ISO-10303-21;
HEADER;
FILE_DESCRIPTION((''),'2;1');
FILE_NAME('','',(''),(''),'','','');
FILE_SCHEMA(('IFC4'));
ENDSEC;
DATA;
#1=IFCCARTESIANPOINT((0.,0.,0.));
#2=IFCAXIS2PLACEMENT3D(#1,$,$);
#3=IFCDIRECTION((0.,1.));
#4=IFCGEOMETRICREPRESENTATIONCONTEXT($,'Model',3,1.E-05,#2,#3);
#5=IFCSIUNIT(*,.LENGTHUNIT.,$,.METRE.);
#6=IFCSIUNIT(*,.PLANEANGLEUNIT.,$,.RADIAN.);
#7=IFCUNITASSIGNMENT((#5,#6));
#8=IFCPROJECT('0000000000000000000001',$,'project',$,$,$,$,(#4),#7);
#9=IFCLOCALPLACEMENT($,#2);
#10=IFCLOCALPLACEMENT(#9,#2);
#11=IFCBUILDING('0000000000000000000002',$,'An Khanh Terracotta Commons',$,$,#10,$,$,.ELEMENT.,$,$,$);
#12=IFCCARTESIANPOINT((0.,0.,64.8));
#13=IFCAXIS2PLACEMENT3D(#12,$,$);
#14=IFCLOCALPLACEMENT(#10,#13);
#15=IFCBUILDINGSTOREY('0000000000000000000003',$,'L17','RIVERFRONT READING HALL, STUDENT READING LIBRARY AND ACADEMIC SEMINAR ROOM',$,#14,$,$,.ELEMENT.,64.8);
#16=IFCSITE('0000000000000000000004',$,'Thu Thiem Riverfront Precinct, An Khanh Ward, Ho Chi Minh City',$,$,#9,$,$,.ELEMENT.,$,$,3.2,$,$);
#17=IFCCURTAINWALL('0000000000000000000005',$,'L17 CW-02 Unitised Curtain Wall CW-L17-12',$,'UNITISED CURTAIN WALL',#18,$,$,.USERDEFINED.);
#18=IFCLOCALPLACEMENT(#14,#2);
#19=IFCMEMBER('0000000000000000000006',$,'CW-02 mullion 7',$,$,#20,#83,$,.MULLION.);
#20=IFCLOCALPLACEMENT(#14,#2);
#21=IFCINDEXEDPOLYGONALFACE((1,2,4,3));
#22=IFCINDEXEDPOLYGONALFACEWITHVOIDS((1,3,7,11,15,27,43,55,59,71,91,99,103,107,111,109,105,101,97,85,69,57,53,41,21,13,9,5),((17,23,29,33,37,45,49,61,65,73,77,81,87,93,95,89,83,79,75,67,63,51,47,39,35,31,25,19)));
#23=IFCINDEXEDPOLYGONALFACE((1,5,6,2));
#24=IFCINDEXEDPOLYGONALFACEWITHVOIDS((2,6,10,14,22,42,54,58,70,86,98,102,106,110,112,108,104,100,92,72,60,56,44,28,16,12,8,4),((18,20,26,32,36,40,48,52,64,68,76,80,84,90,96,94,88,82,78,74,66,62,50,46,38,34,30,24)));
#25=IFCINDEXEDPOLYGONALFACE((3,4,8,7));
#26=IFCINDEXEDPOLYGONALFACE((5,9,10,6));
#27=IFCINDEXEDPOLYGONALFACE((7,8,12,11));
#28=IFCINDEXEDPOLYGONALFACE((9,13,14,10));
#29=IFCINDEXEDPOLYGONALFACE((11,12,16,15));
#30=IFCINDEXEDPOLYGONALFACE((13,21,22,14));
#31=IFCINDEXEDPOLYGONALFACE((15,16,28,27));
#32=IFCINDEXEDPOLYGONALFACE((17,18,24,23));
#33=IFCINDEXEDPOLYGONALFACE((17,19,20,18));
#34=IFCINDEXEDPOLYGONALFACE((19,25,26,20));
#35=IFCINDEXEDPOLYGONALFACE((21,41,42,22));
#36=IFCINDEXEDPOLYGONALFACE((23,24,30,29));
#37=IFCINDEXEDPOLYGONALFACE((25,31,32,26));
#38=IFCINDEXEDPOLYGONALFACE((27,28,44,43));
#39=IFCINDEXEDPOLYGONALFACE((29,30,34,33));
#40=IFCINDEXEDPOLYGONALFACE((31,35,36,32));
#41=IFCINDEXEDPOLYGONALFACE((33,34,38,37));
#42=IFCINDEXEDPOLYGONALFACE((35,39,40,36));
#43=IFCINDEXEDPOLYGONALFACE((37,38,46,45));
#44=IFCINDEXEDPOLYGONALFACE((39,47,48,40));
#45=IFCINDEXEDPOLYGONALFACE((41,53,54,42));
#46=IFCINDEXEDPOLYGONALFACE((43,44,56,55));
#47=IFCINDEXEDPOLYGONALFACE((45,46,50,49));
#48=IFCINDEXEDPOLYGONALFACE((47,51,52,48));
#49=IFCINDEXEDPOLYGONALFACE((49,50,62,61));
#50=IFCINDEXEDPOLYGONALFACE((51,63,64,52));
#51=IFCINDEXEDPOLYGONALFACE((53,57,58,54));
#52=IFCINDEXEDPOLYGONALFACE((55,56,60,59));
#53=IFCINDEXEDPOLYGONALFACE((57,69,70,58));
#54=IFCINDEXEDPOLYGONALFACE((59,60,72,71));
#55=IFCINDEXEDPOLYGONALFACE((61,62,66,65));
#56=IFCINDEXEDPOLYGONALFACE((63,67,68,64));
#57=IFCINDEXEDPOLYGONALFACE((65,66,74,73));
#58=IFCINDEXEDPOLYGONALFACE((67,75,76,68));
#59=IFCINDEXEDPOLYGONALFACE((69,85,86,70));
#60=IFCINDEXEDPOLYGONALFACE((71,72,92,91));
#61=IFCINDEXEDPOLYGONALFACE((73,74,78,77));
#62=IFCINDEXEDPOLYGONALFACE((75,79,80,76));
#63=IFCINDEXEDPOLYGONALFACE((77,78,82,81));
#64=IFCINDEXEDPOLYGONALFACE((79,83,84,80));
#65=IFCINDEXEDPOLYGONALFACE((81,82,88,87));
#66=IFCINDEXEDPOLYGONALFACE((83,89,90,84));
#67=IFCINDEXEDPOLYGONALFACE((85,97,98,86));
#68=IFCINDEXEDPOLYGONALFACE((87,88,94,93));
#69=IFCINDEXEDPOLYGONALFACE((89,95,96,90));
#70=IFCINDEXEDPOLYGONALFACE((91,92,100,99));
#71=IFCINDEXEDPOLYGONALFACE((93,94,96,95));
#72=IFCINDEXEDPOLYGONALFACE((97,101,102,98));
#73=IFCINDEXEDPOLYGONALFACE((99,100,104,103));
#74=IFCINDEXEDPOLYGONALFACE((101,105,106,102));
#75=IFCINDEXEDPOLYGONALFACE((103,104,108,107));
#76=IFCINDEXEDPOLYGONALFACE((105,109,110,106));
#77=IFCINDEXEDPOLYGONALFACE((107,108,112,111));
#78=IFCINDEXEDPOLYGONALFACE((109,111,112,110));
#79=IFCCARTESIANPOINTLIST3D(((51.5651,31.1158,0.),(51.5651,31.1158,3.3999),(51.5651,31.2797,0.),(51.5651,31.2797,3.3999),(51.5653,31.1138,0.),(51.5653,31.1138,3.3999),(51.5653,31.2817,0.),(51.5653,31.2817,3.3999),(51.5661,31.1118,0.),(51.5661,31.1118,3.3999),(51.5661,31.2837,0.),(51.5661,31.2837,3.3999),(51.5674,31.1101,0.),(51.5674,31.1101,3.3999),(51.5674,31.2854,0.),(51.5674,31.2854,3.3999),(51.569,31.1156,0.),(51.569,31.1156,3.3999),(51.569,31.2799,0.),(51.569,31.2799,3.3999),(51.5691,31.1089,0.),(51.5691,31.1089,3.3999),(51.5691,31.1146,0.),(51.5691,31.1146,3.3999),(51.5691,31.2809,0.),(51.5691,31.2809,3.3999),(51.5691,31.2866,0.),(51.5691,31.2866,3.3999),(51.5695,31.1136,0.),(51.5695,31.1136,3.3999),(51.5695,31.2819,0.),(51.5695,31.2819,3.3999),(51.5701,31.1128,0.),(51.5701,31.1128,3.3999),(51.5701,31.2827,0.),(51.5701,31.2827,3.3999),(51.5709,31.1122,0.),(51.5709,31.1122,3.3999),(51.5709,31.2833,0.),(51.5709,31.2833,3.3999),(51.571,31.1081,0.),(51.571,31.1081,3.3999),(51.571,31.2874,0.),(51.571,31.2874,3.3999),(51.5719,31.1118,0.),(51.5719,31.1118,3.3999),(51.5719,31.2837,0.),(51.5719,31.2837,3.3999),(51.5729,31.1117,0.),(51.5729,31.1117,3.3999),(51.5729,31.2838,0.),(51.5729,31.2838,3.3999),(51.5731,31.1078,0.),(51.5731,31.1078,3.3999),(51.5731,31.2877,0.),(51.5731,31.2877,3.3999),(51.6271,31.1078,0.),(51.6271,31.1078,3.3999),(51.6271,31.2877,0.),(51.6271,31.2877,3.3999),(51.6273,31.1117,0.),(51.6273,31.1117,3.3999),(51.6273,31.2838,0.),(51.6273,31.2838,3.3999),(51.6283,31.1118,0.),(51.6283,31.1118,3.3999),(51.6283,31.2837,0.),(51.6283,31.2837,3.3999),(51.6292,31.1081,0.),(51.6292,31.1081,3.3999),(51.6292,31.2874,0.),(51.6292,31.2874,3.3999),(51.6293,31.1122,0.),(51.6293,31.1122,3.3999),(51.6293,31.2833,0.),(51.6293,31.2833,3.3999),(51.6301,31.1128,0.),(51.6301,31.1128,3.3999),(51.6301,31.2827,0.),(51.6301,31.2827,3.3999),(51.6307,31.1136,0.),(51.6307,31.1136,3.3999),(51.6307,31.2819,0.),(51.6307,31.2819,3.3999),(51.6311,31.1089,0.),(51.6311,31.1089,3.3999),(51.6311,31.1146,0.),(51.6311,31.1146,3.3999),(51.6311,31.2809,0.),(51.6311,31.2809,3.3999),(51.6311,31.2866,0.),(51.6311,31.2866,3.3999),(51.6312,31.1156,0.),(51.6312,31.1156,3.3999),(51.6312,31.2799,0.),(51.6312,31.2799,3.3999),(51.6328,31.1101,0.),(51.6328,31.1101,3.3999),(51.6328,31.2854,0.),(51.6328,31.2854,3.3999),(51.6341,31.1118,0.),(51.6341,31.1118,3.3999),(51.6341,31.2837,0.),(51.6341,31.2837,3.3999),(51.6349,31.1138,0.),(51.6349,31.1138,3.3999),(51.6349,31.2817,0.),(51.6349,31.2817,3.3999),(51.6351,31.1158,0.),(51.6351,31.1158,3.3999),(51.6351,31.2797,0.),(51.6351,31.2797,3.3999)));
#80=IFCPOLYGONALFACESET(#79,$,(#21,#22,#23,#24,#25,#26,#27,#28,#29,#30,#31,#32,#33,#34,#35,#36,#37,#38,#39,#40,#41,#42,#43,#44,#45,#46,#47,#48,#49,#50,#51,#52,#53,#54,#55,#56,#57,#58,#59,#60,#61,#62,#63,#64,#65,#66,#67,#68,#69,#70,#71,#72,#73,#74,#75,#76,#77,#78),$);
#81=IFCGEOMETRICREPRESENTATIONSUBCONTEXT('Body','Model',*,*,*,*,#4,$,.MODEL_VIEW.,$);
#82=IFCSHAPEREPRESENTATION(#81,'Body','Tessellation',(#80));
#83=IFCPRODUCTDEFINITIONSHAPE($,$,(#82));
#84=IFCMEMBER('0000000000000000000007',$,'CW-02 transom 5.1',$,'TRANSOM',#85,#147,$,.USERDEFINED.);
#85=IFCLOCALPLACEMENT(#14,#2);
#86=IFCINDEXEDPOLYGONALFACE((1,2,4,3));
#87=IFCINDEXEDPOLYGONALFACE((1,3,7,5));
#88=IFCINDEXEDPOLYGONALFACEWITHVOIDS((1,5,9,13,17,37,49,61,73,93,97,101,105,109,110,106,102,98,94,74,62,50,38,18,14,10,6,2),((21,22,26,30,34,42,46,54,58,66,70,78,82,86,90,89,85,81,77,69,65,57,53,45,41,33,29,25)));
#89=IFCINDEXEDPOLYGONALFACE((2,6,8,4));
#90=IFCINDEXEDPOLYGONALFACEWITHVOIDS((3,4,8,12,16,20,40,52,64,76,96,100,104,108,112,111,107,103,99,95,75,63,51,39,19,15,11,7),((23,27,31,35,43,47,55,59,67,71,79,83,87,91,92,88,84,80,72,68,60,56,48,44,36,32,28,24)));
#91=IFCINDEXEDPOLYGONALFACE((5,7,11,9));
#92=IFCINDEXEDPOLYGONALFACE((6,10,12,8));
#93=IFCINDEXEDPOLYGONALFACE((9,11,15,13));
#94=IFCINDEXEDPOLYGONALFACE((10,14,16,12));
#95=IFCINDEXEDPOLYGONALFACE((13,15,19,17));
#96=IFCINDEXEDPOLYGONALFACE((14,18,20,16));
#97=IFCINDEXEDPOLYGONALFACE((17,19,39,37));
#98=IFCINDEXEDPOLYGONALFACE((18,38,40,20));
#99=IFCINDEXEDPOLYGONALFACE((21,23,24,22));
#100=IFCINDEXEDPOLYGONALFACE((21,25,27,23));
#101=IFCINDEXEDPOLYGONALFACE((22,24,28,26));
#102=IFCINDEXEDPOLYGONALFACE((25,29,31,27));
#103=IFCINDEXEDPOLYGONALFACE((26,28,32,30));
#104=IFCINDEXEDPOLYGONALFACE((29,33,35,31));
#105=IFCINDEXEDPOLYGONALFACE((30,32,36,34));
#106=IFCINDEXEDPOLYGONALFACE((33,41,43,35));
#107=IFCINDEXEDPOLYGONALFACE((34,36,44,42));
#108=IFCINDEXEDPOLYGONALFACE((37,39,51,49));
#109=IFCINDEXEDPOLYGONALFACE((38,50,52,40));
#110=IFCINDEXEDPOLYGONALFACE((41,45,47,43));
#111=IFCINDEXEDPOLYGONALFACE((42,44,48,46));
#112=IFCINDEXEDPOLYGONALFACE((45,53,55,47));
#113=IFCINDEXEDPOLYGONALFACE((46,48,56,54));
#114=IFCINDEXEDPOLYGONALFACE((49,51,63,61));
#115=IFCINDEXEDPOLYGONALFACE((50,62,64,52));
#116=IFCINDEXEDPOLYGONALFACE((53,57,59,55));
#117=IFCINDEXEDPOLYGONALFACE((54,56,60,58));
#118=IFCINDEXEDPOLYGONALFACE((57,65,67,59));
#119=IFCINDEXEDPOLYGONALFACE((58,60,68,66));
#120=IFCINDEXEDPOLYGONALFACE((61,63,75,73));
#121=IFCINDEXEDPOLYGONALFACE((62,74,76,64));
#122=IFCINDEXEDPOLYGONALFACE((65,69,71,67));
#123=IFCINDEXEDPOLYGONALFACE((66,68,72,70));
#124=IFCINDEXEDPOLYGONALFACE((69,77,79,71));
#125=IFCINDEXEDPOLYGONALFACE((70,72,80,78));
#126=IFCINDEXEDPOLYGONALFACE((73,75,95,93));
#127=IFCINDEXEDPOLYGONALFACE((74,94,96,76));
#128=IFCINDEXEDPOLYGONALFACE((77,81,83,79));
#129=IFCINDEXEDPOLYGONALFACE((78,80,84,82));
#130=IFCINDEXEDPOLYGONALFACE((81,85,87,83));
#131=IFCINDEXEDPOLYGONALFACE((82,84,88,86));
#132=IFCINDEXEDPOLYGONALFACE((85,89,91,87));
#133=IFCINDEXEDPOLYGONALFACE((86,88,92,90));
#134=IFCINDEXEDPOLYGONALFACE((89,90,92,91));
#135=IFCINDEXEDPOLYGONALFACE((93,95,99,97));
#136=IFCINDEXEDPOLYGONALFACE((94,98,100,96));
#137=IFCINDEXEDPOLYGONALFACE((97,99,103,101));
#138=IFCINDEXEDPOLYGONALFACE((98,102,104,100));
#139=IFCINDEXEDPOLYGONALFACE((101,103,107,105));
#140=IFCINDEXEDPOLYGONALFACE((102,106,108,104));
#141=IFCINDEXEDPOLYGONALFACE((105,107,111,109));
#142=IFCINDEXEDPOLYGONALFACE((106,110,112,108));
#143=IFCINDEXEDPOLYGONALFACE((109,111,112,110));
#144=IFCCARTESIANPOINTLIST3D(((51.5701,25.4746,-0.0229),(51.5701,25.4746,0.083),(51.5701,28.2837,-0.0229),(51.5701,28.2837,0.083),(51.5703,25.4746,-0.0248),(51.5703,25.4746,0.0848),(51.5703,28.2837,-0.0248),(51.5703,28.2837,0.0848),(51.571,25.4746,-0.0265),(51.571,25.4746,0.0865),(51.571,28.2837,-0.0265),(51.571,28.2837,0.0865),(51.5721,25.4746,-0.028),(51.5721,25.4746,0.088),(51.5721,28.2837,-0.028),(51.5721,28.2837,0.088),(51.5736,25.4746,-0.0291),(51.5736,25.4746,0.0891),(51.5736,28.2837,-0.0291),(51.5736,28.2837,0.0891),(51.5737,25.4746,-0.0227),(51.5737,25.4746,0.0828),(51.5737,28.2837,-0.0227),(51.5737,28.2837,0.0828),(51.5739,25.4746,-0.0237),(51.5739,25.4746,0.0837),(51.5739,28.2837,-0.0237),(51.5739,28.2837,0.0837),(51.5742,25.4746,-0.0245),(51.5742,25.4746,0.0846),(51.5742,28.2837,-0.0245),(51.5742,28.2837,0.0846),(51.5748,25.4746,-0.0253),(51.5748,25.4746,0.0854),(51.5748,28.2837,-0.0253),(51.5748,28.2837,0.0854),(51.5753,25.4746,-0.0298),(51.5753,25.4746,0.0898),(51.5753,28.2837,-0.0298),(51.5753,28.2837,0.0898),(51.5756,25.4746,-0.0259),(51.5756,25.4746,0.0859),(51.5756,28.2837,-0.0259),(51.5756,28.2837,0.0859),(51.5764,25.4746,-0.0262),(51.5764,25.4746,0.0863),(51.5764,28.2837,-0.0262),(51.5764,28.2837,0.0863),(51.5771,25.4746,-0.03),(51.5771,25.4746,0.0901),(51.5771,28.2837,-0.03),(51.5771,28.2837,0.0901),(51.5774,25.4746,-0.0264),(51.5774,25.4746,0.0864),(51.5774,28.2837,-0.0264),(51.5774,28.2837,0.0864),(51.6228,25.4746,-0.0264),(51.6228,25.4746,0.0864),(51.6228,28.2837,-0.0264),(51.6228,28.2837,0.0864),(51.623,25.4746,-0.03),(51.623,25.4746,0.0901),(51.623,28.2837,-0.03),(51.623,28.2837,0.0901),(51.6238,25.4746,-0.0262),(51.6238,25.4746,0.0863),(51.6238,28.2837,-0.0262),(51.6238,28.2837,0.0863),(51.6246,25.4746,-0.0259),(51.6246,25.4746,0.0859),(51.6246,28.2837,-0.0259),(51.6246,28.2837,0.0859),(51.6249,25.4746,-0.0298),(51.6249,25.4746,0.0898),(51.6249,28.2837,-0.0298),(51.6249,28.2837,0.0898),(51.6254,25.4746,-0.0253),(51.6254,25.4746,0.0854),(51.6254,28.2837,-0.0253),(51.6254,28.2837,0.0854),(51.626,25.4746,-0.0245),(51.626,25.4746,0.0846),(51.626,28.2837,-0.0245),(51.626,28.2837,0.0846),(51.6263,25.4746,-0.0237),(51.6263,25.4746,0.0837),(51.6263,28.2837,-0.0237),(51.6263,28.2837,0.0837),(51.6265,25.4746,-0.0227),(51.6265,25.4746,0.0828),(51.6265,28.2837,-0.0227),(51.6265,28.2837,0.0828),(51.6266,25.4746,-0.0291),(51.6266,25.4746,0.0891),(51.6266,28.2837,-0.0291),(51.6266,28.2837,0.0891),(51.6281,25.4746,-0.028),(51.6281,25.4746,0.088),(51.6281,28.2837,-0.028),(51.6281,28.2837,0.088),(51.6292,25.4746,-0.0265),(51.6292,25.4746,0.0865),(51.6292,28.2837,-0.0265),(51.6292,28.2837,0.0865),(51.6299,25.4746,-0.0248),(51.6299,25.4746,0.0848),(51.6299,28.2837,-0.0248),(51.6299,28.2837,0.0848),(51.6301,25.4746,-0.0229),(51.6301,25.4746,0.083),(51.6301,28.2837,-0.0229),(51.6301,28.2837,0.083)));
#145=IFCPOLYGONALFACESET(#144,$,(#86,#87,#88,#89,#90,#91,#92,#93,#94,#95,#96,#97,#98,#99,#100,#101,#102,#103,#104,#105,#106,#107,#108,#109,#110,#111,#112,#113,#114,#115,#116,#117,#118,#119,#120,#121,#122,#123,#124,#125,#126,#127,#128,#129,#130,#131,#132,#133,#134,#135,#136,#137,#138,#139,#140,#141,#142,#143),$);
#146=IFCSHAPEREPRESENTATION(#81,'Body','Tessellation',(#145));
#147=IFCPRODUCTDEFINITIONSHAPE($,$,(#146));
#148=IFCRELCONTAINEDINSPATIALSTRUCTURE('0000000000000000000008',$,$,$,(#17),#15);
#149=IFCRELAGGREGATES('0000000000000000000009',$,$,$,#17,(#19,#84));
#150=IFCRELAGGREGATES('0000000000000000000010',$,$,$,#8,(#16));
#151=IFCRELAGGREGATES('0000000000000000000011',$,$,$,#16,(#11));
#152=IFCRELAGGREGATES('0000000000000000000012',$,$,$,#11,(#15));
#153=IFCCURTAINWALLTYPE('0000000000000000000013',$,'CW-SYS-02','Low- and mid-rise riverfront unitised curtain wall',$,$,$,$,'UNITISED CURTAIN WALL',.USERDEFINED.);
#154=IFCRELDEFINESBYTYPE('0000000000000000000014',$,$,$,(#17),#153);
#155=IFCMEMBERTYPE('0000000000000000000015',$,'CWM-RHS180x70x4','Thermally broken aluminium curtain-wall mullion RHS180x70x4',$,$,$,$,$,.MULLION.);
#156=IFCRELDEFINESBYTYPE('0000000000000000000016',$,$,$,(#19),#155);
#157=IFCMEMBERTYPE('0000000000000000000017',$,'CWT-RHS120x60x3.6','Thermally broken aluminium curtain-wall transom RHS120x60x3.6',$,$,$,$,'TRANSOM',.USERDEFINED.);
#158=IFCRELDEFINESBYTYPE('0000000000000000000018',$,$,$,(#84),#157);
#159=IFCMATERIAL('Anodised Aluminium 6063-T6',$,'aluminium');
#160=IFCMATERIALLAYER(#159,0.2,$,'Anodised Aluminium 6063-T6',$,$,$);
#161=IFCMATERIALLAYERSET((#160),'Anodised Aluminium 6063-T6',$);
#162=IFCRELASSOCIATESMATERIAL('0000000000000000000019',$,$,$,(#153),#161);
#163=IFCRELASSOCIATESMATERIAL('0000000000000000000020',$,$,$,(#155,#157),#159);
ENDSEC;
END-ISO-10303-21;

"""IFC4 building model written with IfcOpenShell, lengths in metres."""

from ifc_helpers import new_model, si_unit, direction, frame, origin, origin_2d, place, context, subcontext, project, spatial, hollow_rectangle, extrude, material, layer, layer_set, material_profile, profile_set, type_object, element, aggregate, save


model = new_model("IFC4")

# Units and contexts
model_context = context("Model", 3, precision=1e-05, world=origin(), true_north=direction((0.0, 1.0)))
body_context = subcontext(model_context, "Body", "Model", "MODEL_VIEW")
ifc_project = project(units=[si_unit("LENGTHUNIT", "METRE"), si_unit("PLANEANGLEUNIT", "RADIAN")], contexts=[model_context])

# Site, building, storey
site_placement = place(None, origin())
site = spatial("IfcSite", under=ifc_project, at=site_placement, Name="Thu Thiem Riverfront Precinct, An Khanh Ward, Ho Chi Minh City", CompositionType="ELEMENT", RefElevation=3.2)
building_placement = place(site_placement, origin())
building = spatial("IfcBuilding", under=site, at=building_placement, Name="An Khanh Terracotta Commons", CompositionType="ELEMENT")
storey_placement = place(building_placement, frame((0.0, 0.0, 64.8)))
storey = spatial("IfcBuildingStorey", under=building, at=storey_placement, Name="L17", Description="RIVERFRONT READING HALL, STUDENT READING LIBRARY AND ACADEMIC SEMINAR ROOM", CompositionType="ELEMENT", Elevation=64.8)

# Curtain wall, members
ifc_material_1 = material(Name="Anodised Aluminium 6063-T6", Category="aluminium")
ifc_layer_1 = layer(ifc_material_1, 0.2, Name="Anodised Aluminium 6063-T6")
ifc_layer_set_1 = layer_set([ifc_layer_1], Name="Anodised Aluminium 6063-T6")
curtain_wall_type = type_object("IfcCurtainWallType", Name="CW-SYS-02", Description="Low- and mid-rise riverfront unitised curtain wall", ElementType="UNITISED CURTAIN WALL", PredefinedType="USERDEFINED", material=ifc_layer_set_1)
curtain_wall_placement = place(storey_placement, origin())
curtain_wall = element("IfcCurtainWall", 1, at=curtain_wall_placement, inside=storey, type_object=curtain_wall_type, Name="L17 CW-02 Unitised Curtain Wall CW-L17-12", ObjectType="UNITISED CURTAIN WALL", PredefinedType="USERDEFINED")
ifc_material_profile_1 = material_profile(ifc_material_1, hollow_rectangle(XDim=0.0701, YDim=0.1799, WallThickness=0.0039, InnerFilletRadius=0.0039, OuterFilletRadius=0.0081, at=origin_2d()), Name="RHS180x70x4")
ifc_profile_set_1 = profile_set([ifc_material_profile_1], Name="Anodised Aluminium 6063-T6")
member_type_1 = type_object("IfcMemberType", Name="CWM-RHS180x70x4", Description="Thermally broken aluminium curtain-wall mullion RHS180x70x4", PredefinedType="MULLION", material=ifc_profile_set_1)
member_1_placement = place(storey_placement, frame((51.6001, 31.1978, 0.0), z_axis=(0.0, 0.0, 1.0), x_axis=(-1.0, 0.0, 0.0)))
member_1 = element("IfcMember", 2, at=member_1_placement, type_object=member_type_1, Name="CW-02 mullion 7", PredefinedType="MULLION", context=body_context, shape_type="SweptSolid", body=[
    extrude(hollow_rectangle(XDim=0.0701, YDim=0.1799, WallThickness=0.0039, InnerFilletRadius=0.0039, OuterFilletRadius=0.0081, at=origin_2d()), origin(), (0.0, 0.0, 1.0), 3.3999),
])
ifc_material_profile_2 = material_profile(ifc_material_1, hollow_rectangle(XDim=0.0601, YDim=0.1201, WallThickness=0.0037, InnerFilletRadius=0.0037, OuterFilletRadius=0.0071, at=origin_2d()), Name="RHS120x60x3.6")
ifc_profile_set_2 = profile_set([ifc_material_profile_2], Name="Anodised Aluminium 6063-T6")
member_type_2 = type_object("IfcMemberType", Name="CWT-RHS120x60x3.6", Description="Thermally broken aluminium curtain-wall transom RHS120x60x3.6", ElementType="TRANSOM", PredefinedType="USERDEFINED", material=ifc_profile_set_2)
member_2_placement = place(storey_placement, frame((51.6001, 25.4746, 0.03), z_axis=(0.0, 1.0, 0.0), x_axis=(-1.0, 0.0, 0.0)))
member_2 = element("IfcMember", 3, at=member_2_placement, type_object=member_type_2, Name="CW-02 transom 5.1", ObjectType="TRANSOM", PredefinedType="USERDEFINED", context=body_context, shape_type="SweptSolid", body=[
    extrude(hollow_rectangle(XDim=0.0601, YDim=0.1201, WallThickness=0.0037, InnerFilletRadius=0.0037, OuterFilletRadius=0.0071, at=origin_2d()), origin(), (0.0, 0.0, 1.0), 2.8091),
])
aggregate(curtain_wall, [member_1, member_2])

save(model, "model.ifc")
